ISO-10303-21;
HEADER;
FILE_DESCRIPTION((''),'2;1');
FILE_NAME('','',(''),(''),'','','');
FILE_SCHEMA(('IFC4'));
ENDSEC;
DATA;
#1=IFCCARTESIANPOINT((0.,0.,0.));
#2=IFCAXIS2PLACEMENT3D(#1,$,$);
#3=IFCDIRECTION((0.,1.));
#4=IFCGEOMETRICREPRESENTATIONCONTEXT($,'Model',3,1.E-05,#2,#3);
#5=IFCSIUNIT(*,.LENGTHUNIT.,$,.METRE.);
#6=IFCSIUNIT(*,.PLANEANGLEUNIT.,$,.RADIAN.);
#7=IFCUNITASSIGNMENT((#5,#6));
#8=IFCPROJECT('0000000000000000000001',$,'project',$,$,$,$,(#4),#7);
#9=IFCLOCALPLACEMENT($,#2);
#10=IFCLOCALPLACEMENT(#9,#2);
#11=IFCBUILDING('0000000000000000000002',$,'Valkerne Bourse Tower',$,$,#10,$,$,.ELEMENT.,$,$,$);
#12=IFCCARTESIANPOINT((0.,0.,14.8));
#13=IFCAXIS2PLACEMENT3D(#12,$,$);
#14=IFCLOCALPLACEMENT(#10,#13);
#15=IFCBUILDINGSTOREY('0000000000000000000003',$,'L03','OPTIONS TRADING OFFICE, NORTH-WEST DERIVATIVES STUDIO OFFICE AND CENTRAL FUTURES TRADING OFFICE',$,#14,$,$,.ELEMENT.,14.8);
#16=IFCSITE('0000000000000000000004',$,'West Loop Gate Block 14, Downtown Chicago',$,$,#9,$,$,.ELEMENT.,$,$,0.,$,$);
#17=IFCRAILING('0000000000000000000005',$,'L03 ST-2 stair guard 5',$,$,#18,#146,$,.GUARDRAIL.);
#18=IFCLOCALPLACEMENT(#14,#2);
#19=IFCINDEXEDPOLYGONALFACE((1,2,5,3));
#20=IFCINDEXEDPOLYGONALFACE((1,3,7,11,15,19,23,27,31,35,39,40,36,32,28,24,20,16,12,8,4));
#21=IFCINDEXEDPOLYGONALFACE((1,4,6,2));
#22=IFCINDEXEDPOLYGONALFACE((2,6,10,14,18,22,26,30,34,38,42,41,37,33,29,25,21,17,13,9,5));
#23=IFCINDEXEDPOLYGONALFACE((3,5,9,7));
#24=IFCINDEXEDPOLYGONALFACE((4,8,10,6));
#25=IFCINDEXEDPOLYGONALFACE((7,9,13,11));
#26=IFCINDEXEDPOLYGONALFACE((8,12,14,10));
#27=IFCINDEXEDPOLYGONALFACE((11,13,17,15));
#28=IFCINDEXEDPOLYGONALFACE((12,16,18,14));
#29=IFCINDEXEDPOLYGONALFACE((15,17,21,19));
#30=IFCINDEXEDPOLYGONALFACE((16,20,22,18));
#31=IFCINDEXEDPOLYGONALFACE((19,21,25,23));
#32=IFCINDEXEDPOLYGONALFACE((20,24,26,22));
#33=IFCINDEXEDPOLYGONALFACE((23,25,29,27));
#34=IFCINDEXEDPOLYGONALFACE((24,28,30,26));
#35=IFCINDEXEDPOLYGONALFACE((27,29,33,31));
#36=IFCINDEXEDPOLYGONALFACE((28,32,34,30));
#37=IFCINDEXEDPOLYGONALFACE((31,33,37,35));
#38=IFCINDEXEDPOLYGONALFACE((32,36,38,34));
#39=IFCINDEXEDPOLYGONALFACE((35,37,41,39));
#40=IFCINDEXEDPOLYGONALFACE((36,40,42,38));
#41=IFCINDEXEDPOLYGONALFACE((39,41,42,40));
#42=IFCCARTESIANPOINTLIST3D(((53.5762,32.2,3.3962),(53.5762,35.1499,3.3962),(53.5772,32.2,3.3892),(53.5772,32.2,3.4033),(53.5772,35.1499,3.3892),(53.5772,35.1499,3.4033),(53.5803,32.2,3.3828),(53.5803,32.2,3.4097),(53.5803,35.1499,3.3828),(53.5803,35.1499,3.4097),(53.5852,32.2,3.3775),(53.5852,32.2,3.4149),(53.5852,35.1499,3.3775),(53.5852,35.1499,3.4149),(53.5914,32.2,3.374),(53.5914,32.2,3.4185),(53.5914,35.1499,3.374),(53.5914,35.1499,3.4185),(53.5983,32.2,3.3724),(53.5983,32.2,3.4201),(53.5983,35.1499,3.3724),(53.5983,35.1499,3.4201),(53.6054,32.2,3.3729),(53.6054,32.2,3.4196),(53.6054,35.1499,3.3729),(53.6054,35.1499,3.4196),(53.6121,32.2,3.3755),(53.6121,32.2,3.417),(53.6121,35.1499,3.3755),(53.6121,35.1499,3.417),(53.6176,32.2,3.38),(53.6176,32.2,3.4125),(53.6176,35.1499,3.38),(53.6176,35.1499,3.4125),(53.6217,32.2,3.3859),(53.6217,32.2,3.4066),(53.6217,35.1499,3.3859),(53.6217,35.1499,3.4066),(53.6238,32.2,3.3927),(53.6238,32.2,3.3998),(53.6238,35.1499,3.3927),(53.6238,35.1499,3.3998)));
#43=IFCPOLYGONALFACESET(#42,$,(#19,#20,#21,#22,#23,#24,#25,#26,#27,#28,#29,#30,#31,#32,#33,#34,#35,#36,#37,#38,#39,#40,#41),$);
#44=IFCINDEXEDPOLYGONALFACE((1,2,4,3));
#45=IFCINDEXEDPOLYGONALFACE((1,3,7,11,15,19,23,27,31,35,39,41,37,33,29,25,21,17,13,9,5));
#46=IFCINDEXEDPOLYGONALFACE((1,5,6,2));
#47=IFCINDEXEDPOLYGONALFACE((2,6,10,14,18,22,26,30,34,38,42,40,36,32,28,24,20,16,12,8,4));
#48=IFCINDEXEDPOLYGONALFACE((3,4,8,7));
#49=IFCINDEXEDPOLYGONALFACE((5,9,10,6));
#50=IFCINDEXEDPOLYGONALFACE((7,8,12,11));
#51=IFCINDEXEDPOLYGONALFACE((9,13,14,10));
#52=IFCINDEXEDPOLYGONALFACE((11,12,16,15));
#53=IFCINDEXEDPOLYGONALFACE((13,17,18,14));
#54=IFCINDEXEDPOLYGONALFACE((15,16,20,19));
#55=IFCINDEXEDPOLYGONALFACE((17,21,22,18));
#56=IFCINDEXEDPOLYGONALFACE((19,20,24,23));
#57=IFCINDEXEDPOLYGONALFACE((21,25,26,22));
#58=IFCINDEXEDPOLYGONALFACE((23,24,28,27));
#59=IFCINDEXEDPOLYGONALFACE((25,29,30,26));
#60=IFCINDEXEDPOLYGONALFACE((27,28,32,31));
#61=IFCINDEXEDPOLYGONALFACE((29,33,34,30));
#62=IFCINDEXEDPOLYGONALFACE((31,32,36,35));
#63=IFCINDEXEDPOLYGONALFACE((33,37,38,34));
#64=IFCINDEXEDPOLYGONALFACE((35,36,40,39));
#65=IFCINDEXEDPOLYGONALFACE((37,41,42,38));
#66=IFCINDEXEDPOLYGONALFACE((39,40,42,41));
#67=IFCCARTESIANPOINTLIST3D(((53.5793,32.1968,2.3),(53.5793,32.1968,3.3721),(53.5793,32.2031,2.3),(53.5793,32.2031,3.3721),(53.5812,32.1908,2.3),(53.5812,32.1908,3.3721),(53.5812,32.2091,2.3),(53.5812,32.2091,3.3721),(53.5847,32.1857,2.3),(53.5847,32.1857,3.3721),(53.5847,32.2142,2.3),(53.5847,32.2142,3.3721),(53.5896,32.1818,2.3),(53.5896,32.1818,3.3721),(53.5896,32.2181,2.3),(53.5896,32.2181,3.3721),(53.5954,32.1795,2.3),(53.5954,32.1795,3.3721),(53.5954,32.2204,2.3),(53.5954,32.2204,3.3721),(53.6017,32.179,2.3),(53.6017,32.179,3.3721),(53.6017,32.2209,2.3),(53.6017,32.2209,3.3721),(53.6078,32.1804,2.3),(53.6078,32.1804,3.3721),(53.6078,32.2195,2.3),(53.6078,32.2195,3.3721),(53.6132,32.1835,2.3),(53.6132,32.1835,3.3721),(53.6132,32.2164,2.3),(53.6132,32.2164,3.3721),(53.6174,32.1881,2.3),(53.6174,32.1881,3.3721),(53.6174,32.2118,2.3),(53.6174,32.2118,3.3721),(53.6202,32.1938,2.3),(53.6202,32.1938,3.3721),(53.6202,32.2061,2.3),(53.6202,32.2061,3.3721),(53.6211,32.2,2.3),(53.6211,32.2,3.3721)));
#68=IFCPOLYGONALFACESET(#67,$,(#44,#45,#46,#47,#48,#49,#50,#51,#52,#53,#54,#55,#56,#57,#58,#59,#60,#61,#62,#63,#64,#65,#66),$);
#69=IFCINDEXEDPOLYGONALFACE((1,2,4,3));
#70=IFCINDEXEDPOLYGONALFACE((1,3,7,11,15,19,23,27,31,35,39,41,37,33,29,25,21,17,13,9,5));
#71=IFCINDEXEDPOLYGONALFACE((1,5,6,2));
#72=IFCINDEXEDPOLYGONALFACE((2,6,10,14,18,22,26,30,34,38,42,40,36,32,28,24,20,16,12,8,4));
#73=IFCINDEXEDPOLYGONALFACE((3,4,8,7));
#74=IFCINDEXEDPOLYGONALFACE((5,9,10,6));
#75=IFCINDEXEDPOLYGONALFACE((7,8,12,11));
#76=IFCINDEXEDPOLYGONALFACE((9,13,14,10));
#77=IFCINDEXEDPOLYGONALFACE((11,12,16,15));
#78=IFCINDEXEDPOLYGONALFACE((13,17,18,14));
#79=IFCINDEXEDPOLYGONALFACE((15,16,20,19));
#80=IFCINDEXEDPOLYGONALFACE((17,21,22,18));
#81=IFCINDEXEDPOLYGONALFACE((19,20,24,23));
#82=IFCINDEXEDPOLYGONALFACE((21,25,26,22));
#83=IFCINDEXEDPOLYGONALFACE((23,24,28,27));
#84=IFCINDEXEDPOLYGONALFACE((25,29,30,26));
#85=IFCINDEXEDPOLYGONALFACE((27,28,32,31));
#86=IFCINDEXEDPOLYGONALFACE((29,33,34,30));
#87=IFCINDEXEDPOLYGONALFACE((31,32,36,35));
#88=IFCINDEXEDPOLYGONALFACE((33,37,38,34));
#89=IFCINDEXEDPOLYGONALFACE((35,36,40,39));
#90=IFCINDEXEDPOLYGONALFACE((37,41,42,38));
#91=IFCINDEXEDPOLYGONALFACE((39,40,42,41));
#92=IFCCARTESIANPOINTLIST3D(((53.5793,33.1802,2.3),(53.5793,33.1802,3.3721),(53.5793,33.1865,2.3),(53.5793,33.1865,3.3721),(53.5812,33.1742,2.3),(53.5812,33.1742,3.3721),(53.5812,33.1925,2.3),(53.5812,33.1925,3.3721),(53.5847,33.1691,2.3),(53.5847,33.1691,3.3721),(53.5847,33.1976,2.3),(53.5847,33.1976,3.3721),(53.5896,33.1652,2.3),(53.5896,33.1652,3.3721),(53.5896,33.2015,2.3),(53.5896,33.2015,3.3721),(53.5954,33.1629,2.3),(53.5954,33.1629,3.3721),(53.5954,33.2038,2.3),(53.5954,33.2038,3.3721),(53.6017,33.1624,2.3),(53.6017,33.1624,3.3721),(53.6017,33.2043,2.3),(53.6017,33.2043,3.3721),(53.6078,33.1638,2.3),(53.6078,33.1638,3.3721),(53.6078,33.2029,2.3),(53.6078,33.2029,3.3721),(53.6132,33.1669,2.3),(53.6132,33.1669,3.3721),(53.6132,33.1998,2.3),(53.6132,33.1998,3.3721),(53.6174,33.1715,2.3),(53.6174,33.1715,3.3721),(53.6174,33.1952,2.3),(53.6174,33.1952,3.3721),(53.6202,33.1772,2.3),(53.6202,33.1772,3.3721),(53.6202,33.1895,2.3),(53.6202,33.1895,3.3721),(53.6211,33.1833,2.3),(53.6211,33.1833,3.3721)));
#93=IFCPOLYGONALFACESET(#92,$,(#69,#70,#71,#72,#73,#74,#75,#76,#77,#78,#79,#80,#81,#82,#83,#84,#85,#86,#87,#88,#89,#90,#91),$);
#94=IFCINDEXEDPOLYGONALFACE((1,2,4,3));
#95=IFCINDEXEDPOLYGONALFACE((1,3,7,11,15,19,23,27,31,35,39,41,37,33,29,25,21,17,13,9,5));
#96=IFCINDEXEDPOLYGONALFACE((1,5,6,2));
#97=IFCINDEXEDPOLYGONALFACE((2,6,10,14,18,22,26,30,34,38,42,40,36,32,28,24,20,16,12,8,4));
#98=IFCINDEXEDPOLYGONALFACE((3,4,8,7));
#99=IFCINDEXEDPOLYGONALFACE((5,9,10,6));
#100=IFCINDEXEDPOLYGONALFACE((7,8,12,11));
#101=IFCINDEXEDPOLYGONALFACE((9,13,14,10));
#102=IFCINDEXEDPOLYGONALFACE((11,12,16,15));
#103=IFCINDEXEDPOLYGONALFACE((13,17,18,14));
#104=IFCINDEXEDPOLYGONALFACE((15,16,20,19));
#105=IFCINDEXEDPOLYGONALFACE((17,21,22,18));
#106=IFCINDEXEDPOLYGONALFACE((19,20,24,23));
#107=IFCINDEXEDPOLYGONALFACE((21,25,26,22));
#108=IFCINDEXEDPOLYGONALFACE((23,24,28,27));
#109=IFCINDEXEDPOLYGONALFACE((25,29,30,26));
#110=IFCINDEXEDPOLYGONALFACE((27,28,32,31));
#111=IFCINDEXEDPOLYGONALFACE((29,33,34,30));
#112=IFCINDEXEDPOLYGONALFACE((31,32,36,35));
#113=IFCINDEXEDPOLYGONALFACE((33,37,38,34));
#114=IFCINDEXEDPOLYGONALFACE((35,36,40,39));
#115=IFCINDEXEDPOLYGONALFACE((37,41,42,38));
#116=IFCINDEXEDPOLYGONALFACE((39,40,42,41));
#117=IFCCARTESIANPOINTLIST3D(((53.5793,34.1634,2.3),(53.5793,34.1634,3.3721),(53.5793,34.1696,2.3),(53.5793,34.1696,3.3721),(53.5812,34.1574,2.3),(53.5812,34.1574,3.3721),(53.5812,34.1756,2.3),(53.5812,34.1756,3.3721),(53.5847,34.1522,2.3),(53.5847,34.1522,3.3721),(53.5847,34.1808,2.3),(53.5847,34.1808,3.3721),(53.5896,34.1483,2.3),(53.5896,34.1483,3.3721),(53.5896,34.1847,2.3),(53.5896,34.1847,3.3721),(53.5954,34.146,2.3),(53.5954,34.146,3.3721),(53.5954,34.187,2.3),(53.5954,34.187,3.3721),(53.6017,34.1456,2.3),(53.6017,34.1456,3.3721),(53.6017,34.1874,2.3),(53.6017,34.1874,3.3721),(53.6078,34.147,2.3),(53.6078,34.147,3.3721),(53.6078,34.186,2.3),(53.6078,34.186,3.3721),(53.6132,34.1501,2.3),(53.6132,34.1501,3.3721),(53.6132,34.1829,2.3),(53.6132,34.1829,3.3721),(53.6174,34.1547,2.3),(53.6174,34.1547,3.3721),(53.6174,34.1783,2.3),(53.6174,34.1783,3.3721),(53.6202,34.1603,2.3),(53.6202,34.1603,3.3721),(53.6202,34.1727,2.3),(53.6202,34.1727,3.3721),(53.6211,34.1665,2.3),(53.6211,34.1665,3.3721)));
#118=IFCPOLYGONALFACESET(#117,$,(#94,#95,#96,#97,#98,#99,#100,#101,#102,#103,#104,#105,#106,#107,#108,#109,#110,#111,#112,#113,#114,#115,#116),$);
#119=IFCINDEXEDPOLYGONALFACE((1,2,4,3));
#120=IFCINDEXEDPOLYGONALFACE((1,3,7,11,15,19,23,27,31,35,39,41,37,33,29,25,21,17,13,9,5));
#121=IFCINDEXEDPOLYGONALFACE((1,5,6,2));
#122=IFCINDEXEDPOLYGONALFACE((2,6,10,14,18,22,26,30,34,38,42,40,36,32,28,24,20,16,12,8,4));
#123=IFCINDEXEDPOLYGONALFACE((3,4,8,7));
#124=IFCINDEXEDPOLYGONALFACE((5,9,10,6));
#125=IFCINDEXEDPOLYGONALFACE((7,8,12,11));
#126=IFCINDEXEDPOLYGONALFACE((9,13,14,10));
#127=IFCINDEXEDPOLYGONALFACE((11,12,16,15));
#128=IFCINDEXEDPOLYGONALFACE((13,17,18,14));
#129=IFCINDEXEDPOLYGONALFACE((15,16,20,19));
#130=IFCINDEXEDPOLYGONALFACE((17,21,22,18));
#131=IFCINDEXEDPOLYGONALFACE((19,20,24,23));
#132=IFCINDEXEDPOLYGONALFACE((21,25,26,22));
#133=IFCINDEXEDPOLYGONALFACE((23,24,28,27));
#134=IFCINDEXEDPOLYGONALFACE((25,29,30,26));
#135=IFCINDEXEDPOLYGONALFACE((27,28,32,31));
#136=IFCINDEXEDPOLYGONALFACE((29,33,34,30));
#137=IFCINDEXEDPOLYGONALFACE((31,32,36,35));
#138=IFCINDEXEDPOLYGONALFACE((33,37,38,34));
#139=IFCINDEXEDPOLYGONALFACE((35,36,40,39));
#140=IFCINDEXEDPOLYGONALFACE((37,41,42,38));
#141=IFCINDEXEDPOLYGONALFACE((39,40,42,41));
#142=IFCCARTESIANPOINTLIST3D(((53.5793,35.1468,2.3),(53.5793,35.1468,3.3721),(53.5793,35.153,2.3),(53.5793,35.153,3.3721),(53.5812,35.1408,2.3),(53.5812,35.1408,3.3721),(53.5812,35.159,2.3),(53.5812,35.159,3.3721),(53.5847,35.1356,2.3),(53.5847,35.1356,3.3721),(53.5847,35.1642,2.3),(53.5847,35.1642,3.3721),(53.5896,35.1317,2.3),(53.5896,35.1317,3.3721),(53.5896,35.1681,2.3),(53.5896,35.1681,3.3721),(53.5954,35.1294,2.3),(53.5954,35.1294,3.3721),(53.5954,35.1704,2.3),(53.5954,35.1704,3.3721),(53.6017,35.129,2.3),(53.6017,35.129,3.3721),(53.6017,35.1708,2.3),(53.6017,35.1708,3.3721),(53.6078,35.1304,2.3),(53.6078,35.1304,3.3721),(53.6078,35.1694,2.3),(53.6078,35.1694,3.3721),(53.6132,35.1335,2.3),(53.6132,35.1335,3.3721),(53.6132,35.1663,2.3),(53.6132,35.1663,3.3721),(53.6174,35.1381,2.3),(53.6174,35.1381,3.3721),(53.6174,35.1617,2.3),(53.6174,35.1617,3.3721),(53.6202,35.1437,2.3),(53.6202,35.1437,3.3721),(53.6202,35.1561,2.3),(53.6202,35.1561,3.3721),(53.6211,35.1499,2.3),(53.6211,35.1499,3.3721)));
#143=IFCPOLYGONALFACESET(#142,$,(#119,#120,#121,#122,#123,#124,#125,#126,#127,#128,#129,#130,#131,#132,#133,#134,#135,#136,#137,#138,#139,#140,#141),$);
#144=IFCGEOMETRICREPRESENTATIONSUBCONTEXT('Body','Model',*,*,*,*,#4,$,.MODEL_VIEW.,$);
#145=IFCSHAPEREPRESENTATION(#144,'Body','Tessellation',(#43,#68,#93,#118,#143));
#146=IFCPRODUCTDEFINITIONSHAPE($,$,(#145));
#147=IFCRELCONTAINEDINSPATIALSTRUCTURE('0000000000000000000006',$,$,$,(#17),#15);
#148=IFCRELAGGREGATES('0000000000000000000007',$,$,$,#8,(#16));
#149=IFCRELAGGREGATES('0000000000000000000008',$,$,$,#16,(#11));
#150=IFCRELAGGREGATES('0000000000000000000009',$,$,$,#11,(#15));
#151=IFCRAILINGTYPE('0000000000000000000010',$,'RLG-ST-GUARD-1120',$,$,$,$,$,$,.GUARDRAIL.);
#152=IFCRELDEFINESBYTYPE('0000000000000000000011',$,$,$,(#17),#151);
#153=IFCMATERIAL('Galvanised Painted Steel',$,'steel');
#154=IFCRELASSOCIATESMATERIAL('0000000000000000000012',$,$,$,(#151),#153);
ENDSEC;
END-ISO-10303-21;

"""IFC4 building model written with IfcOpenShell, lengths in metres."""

from ifc_helpers import new_model, si_unit, direction, frame, origin, origin_2d, place, context, subcontext, project, spatial, circle, extrude, material, type_object, element, save


model = new_model("IFC4")

# Units and contexts
model_context = context("Model", 3, precision=1e-05, world=origin(), true_north=direction((0.0, 1.0)))
body_context = subcontext(model_context, "Body", "Model", "MODEL_VIEW")
ifc_project = project(units=[si_unit("LENGTHUNIT", "METRE"), si_unit("PLANEANGLEUNIT", "RADIAN")], contexts=[model_context])

# Site, building, storey
site_placement = place(None, origin())
site = spatial("IfcSite", under=ifc_project, at=site_placement, Name="West Loop Gate Block 14, Downtown Chicago", CompositionType="ELEMENT", RefElevation=0.0)
building_placement = place(site_placement, origin())
building = spatial("IfcBuilding", under=site, at=building_placement, Name="Valkerne Bourse Tower", CompositionType="ELEMENT")
storey_placement = place(building_placement, frame((0.0, 0.0, 14.8)))
storey = spatial("IfcBuildingStorey", under=building, at=storey_placement, Name="L03", Description="OPTIONS TRADING OFFICE, NORTH-WEST DERIVATIVES STUDIO OFFICE AND CENTRAL FUTURES TRADING OFFICE", CompositionType="ELEMENT", Elevation=14.8)

# Shared definitions
ifc_material_1 = material(Name="Galvanised Painted Steel", Category="steel")

# Railing
railing_type_1 = type_object("IfcRailingType", Name="RLG-ST-GUARD-1120", PredefinedType="GUARDRAIL", material=ifc_material_1)
railing_1_placement = place(storey_placement, frame((53.6001, 32.2, 2.3)))
element("IfcRailing", 1, at=railing_1_placement, inside=storey, type_object=railing_type_1, Name="L03 ST-2 stair guard 5", PredefinedType="GUARDRAIL", context=body_context, shape_type="SweptSolid", body=[
    extrude(circle(Radius=0.0239, at=origin_2d()), frame((0.0, 0.0, 1.0962), z_axis=(0.0, 1.0, 0.0), x_axis=(-1.0, 0.0, 0.0)), (0.0, 0.0, 1.0), 2.95),
    extrude(circle(Radius=0.021, at=origin_2d()), origin(), (0.0, 0.0, 1.0), 1.072),
    extrude(circle(Radius=0.021, at=origin_2d()), frame((0.0, 0.9834, 0.0)), (0.0, 0.0, 1.0), 1.072),
    extrude(circle(Radius=0.021, at=origin_2d()), frame((0.0, 1.9666, 0.0)), (0.0, 0.0, 1.0), 1.072),
    extrude(circle(Radius=0.021, at=origin_2d()), frame((0.0, 2.95, 0.0)), (0.0, 0.0, 1.0), 1.072),
])

save(model, "model.ifc")
